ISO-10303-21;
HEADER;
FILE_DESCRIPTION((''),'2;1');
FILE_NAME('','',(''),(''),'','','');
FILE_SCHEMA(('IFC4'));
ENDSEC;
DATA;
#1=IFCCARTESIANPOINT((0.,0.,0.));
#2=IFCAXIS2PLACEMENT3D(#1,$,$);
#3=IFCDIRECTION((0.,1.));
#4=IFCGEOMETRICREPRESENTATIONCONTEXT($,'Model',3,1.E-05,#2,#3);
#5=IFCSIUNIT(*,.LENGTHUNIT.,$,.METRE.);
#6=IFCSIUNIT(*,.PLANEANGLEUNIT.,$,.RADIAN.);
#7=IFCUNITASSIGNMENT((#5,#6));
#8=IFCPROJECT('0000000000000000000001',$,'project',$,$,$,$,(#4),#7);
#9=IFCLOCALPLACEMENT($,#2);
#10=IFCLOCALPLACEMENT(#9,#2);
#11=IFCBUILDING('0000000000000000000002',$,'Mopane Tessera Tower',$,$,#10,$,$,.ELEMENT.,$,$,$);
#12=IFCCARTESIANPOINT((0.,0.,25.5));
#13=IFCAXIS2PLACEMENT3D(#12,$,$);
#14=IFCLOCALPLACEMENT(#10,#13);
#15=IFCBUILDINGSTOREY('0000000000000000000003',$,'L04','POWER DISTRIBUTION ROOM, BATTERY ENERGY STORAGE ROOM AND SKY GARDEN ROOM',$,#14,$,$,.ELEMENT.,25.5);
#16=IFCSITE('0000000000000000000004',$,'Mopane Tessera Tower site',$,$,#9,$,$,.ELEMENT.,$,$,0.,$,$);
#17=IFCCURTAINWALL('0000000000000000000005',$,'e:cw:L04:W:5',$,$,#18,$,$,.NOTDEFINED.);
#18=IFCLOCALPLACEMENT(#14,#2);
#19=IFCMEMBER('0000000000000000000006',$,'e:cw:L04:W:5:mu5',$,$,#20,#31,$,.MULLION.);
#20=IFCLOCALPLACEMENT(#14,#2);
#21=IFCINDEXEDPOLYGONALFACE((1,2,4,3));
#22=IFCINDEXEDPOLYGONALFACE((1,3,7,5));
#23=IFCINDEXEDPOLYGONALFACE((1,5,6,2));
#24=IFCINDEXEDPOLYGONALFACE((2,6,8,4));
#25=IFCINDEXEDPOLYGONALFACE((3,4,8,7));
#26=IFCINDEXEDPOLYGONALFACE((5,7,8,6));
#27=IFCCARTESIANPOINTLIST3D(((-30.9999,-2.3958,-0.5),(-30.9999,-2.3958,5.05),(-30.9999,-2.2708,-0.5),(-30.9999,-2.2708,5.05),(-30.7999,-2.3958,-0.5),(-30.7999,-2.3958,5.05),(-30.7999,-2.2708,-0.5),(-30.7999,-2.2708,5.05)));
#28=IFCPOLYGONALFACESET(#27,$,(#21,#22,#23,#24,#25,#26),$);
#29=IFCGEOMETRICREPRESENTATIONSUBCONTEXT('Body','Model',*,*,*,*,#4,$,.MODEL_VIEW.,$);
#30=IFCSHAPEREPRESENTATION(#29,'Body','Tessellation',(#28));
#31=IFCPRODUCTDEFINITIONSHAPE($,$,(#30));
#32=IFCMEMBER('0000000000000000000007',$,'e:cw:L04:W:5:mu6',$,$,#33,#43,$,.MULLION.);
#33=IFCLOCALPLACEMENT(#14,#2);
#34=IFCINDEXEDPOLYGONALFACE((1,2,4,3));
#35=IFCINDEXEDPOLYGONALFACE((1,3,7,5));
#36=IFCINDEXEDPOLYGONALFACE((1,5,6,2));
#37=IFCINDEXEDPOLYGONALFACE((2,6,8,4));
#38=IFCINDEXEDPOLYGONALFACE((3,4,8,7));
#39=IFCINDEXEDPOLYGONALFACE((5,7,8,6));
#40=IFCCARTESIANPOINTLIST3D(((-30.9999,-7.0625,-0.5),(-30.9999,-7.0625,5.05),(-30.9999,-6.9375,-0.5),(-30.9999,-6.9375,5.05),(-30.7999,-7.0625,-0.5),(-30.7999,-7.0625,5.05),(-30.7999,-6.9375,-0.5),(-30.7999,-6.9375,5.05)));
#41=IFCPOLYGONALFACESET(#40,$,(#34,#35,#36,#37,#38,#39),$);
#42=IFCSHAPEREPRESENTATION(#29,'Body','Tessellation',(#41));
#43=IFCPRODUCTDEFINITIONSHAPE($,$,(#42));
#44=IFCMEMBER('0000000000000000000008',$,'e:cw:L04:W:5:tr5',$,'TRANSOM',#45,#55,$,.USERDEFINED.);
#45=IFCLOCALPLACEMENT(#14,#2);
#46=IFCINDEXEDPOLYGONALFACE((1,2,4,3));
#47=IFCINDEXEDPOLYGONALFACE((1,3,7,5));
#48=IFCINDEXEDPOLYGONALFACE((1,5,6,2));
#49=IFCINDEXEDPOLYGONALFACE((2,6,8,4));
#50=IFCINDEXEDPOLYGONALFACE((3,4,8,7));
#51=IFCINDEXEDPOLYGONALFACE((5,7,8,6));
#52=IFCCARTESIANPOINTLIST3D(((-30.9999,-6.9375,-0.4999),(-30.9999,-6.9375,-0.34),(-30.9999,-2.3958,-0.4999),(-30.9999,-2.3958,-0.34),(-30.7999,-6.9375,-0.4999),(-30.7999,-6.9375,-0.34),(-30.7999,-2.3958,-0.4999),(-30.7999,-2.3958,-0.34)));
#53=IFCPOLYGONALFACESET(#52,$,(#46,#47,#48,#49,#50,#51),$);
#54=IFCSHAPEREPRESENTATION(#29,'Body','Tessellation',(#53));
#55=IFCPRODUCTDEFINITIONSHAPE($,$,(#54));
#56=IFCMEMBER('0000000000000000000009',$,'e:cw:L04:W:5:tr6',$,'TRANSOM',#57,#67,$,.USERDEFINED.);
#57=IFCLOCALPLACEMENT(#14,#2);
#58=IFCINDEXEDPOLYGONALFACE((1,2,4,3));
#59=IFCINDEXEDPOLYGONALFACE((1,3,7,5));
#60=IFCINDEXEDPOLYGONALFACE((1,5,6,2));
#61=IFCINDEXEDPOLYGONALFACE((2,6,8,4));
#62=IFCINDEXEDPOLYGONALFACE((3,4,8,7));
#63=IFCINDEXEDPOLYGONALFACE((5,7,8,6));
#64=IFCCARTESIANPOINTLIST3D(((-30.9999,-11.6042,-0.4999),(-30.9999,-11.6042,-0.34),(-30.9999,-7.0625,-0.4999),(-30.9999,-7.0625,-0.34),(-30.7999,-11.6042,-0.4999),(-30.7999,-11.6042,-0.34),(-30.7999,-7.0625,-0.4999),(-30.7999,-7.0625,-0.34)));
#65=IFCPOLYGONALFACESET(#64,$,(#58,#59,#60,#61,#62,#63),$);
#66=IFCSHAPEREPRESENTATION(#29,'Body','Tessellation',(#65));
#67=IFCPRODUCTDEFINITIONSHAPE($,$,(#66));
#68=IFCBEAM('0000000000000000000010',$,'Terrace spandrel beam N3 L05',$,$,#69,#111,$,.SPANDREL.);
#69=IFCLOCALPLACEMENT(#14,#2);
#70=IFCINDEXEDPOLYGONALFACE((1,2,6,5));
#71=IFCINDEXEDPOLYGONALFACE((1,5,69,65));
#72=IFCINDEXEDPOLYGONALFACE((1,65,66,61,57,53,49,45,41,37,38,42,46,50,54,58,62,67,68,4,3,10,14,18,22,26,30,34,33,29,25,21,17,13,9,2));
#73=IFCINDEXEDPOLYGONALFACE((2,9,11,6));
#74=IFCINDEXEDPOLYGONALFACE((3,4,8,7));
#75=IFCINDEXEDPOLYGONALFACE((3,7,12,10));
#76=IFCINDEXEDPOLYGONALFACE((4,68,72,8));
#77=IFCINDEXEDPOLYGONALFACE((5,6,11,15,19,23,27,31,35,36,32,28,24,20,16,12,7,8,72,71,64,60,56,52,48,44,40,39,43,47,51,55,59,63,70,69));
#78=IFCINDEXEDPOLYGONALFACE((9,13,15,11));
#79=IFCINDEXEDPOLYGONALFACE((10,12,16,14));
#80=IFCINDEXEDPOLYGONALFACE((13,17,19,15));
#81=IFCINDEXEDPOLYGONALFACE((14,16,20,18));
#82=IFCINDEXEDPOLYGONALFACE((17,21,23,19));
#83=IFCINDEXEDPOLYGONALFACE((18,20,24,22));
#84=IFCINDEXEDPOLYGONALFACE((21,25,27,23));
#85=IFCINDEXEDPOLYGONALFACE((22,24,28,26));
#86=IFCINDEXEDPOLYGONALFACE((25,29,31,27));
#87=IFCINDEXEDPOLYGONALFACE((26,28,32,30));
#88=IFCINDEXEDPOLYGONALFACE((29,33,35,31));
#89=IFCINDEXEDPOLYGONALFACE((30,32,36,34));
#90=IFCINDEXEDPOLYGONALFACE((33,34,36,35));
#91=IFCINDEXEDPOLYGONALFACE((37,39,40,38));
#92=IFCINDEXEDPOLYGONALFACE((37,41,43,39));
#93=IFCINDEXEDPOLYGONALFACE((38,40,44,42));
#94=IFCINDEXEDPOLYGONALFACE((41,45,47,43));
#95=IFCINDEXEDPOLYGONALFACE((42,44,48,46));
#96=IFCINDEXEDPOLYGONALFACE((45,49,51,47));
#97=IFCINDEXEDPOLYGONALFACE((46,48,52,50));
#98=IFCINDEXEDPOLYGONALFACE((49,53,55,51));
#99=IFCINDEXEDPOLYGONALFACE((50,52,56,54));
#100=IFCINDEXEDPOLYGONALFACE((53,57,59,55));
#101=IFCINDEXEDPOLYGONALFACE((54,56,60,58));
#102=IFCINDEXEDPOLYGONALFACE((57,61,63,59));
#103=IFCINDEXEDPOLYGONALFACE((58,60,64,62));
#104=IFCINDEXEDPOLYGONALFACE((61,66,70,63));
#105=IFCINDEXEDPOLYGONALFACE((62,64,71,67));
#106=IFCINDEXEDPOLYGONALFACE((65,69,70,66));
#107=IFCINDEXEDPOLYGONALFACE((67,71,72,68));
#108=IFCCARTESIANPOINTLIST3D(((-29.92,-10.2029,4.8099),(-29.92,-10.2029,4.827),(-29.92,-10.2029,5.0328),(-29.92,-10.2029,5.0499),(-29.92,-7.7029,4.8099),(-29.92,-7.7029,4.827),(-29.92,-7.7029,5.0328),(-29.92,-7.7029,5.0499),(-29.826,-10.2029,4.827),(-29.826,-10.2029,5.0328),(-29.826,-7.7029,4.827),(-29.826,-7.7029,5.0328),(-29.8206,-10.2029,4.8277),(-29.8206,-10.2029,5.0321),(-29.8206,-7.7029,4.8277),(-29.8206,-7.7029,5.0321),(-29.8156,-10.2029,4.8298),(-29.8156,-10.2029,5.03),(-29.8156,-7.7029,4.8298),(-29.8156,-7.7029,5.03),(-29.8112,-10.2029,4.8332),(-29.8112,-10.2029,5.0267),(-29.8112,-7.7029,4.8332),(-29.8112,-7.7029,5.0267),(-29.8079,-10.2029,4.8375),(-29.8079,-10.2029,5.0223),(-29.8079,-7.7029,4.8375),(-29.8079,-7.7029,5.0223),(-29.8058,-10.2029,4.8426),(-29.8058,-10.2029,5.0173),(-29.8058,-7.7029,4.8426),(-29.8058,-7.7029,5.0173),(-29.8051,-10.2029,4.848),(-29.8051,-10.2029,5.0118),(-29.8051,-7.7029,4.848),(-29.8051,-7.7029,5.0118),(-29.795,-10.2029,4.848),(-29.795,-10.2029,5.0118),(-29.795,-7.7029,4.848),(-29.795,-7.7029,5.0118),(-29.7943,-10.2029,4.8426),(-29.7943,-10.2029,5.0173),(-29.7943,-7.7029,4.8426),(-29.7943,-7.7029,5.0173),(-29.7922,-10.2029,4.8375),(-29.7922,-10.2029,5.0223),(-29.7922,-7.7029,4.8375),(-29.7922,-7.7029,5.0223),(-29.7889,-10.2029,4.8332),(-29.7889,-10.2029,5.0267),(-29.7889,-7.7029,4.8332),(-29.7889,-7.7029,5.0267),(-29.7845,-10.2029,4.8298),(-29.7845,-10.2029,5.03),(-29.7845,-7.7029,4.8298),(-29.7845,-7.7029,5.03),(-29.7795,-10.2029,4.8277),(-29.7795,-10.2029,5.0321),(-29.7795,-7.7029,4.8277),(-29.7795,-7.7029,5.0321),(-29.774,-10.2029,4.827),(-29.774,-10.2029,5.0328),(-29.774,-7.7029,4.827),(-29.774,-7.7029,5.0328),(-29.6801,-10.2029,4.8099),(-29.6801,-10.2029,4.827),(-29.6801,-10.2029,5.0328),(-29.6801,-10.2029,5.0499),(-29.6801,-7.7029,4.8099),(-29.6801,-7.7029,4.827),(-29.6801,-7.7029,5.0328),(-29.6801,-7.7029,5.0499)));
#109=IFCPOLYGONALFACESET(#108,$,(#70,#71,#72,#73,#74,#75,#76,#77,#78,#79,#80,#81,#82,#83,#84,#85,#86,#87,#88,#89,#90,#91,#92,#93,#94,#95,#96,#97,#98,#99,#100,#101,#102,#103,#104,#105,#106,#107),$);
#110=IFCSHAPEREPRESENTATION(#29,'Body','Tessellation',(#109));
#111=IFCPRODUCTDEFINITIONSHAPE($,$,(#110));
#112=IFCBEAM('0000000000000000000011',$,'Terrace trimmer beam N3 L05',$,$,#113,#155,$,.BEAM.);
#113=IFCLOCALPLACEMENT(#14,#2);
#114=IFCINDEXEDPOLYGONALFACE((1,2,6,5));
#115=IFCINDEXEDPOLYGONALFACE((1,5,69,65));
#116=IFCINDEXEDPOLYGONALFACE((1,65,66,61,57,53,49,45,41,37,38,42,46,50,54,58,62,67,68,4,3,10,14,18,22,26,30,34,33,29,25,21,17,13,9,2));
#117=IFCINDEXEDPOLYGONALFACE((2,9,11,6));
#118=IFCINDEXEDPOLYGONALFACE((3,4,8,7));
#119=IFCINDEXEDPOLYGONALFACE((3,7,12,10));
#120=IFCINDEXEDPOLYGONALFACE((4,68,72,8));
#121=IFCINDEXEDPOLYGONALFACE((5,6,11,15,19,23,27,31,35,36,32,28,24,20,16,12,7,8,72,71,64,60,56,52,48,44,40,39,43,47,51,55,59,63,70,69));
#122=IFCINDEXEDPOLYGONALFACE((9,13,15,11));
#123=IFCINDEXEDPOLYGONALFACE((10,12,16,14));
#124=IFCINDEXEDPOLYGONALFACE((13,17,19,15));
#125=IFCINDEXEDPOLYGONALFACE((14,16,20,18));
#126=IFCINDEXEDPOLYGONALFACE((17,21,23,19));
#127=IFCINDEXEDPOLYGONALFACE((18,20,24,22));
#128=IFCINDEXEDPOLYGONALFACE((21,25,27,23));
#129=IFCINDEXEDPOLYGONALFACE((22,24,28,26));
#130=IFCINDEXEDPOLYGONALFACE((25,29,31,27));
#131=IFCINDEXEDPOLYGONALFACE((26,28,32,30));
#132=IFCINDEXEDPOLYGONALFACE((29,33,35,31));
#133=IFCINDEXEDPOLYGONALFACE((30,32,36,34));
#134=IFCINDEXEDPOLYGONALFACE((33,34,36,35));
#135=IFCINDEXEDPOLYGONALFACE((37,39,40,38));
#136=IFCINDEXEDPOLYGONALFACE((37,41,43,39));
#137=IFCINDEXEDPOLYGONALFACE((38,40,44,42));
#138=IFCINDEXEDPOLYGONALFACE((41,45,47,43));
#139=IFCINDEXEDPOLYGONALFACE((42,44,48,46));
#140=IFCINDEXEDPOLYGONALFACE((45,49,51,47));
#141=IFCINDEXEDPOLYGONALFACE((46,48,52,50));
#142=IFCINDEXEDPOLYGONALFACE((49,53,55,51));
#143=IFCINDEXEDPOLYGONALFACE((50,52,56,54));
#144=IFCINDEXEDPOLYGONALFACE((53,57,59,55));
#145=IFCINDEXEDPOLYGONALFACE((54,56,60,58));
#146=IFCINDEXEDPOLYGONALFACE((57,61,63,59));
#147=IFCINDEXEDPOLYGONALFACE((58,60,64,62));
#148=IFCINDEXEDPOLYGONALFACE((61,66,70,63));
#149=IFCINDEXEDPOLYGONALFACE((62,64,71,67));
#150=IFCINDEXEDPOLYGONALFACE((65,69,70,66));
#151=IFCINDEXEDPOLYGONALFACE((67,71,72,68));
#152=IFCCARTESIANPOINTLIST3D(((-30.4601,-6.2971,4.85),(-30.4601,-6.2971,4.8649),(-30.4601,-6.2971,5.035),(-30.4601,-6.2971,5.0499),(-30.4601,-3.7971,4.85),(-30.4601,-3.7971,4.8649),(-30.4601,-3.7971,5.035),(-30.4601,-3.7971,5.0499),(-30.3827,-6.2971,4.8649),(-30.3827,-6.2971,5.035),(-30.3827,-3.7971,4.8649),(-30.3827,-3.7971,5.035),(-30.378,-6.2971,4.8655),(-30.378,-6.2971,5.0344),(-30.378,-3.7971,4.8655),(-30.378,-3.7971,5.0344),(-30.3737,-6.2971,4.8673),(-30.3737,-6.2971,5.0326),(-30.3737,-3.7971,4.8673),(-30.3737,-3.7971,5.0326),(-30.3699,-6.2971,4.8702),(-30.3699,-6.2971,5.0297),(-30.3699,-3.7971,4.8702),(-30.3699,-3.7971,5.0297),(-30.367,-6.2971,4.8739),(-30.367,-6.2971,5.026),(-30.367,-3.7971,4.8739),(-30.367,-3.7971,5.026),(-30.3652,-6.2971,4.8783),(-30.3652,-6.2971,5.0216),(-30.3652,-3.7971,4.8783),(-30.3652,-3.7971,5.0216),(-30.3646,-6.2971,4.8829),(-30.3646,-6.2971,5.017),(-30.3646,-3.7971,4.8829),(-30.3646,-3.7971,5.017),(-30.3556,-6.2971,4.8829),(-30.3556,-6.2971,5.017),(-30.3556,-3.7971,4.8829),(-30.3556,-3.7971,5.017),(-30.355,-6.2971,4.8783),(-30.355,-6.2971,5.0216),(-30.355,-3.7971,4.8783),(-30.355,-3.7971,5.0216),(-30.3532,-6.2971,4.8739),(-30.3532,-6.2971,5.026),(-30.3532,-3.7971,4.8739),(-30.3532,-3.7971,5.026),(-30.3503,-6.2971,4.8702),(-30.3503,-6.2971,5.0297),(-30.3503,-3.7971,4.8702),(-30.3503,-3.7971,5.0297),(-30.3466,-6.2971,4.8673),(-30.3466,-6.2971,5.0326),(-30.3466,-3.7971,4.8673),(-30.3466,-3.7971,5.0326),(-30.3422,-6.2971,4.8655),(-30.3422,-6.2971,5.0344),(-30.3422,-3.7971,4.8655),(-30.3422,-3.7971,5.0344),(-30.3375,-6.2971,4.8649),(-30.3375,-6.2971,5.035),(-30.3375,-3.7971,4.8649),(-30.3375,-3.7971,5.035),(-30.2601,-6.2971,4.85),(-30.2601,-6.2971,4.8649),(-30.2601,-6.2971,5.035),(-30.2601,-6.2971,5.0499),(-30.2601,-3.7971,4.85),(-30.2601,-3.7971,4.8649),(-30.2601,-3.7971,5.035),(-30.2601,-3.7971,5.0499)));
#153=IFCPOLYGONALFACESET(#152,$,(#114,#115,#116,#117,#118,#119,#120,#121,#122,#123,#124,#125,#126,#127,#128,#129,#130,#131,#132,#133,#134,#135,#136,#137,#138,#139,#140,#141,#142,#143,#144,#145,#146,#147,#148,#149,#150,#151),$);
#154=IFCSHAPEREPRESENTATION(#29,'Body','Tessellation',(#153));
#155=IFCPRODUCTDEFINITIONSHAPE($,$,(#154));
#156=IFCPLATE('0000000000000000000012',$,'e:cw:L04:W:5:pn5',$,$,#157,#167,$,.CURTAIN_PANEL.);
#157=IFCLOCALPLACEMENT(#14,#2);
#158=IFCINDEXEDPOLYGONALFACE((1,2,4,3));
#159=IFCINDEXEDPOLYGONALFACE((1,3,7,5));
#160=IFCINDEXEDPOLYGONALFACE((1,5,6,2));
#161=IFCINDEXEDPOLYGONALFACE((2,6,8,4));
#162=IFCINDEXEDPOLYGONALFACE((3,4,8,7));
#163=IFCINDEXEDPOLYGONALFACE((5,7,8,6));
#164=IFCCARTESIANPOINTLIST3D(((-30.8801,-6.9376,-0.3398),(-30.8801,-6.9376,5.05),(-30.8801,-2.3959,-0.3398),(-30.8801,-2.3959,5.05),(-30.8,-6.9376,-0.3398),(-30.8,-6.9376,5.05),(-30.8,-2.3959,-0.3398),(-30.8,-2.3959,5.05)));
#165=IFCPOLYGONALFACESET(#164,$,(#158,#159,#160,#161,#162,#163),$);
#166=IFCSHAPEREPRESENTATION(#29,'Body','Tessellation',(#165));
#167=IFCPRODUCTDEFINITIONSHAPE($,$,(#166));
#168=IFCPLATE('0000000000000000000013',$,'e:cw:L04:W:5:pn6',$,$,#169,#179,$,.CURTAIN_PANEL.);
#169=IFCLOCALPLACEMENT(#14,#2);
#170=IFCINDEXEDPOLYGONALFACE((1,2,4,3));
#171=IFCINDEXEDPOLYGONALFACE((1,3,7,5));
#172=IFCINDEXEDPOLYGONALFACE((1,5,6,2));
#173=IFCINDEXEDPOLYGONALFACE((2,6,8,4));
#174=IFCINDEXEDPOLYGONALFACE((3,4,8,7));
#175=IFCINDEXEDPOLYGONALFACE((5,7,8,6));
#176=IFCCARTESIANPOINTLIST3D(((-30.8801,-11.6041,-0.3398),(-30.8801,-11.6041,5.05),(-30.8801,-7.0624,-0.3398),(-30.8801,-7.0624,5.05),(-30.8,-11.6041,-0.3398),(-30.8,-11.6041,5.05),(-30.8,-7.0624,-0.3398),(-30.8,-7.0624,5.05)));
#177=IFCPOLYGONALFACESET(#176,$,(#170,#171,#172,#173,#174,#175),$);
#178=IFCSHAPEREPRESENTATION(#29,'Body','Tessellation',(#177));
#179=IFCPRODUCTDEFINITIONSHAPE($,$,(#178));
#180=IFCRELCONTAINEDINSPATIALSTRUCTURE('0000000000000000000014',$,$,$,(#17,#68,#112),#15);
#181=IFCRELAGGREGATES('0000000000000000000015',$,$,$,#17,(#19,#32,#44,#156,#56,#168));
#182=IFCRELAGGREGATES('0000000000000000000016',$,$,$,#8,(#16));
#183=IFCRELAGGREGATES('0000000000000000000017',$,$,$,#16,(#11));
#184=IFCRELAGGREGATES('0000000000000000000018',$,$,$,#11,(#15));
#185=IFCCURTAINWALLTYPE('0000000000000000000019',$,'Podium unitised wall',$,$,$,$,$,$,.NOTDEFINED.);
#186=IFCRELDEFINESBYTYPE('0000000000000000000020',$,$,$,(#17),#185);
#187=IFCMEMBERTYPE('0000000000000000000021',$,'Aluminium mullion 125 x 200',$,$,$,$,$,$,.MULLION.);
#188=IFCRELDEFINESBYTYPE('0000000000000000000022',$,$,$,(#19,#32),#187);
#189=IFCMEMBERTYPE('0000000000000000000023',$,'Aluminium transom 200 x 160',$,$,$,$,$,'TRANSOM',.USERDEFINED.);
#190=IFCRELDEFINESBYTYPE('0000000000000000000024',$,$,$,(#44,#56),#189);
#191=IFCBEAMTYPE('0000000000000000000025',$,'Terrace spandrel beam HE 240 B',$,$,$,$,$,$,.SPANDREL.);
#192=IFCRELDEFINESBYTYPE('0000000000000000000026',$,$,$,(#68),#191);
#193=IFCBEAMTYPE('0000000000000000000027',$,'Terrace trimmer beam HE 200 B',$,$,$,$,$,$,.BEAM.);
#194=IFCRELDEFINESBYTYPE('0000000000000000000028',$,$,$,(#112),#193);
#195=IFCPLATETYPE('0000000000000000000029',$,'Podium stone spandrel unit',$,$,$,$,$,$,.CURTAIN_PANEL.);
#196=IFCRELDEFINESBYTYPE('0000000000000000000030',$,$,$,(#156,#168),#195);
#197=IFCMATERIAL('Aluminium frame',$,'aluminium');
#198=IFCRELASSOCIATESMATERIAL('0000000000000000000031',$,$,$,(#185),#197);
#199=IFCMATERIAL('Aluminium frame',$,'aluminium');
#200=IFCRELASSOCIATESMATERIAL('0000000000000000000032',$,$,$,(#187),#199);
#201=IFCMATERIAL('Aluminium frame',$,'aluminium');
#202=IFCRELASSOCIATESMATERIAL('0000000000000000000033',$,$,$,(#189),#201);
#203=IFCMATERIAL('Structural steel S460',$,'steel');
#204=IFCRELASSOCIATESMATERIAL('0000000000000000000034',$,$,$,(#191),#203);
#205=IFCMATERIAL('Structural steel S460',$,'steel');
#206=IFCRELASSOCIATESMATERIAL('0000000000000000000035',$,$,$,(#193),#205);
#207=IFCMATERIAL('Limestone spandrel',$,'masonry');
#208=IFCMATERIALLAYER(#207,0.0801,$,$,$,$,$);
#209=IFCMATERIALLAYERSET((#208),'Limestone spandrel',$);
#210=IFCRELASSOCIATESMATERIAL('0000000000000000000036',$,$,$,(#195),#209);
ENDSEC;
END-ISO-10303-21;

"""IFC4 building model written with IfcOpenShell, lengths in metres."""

from ifc_helpers import new_model, si_unit, direction, frame, origin, origin_2d, place, context, subcontext, project, spatial, rectangle, i_section, extrude, material, layer, layer_set, material_profile, profile_set, type_object, element, aggregate, save


model = new_model("IFC4")

# Units and contexts
model_context = context("Model", 3, precision=1e-05, world=origin(), true_north=direction((0.0, 1.0)))
body_context = subcontext(model_context, "Body", "Model", "MODEL_VIEW")
ifc_project = project(units=[si_unit("LENGTHUNIT", "METRE"), si_unit("PLANEANGLEUNIT", "RADIAN")], contexts=[model_context])

# Site, building, storey
site_placement = place(None, origin())
site = spatial("IfcSite", under=ifc_project, at=site_placement, Name="Mopane Tessera Tower site", CompositionType="ELEMENT", RefElevation=0.0)
building_placement = place(site_placement, origin())
building = spatial("IfcBuilding", under=site, at=building_placement, Name="Mopane Tessera Tower", CompositionType="ELEMENT")
storey_placement = place(building_placement, frame((0.0, 0.0, 25.5)))
storey = spatial("IfcBuildingStorey", under=building, at=storey_placement, Name="L04", Description="POWER DISTRIBUTION ROOM, BATTERY ENERGY STORAGE ROOM AND SKY GARDEN ROOM", CompositionType="ELEMENT", Elevation=25.5)

# Curtain wall, members
ifc_material_1 = material(Name="Aluminium frame", Category="aluminium")
curtain_wall_type = type_object("IfcCurtainWallType", Name="Podium unitised wall", PredefinedType="NOTDEFINED", material=ifc_material_1)
curtain_wall_placement = place(storey_placement, origin())
curtain_wall = element("IfcCurtainWall", 1, at=curtain_wall_placement, inside=storey, type_object=curtain_wall_type, Name="e:cw:L04:W:5", PredefinedType="NOTDEFINED")
ifc_material_2 = material(Name="Aluminium frame", Category="aluminium")
ifc_material_profile_1 = material_profile(ifc_material_2, rectangle(XDim=0.125, YDim=0.2, at=origin_2d()))
ifc_profile_set_1 = profile_set([ifc_material_profile_1], Name="Aluminium frame")
member_type_1 = type_object("IfcMemberType", Name="Aluminium mullion 125 x 200", PredefinedType="MULLION", material=ifc_profile_set_1)
member_1_placement = place(storey_placement, frame((-30.8999, -2.3333, -0.5), z_axis=(0.0, 0.0, 1.0), x_axis=(0.0, -1.0, 0.0)))
member_1 = element("IfcMember", 2, at=member_1_placement, type_object=member_type_1, Name="e:cw:L04:W:5:mu5", PredefinedType="MULLION", context=body_context, shape_type="SweptSolid", body=[
    extrude(rectangle(XDim=0.125, YDim=0.2, at=origin_2d()), origin(), (0.0, 0.0, 1.0), 5.55),
])
member_2_placement = place(storey_placement, frame((-30.8999, -7.0, -0.5), z_axis=(0.0, 0.0, 1.0), x_axis=(0.0, -1.0, 0.0)))
member_2 = element("IfcMember", 3, at=member_2_placement, type_object=member_type_1, Name="e:cw:L04:W:5:mu6", PredefinedType="MULLION", context=body_context, shape_type="SweptSolid", body=[
    extrude(rectangle(XDim=0.125, YDim=0.2, at=origin_2d()), origin(), (0.0, 0.0, 1.0), 5.55),
])
ifc_material_3 = material(Name="Aluminium frame", Category="aluminium")
ifc_material_profile_2 = material_profile(ifc_material_3, rectangle(XDim=0.2, YDim=0.1599, at=origin_2d()))
ifc_profile_set_2 = profile_set([ifc_material_profile_2], Name="Aluminium frame")
member_type_2 = type_object("IfcMemberType", Name="Aluminium transom 200 x 160", ElementType="TRANSOM", PredefinedType="USERDEFINED", material=ifc_profile_set_2)
member_3_placement = place(storey_placement, frame((-30.8999, -2.3958, -0.4199), z_axis=(0.0, -1.0, 0.0), x_axis=(1.0, 0.0, 0.0)))
member_3 = element("IfcMember", 4, at=member_3_placement, type_object=member_type_2, Name="e:cw:L04:W:5:tr5", ObjectType="TRANSOM", PredefinedType="USERDEFINED", context=body_context, shape_type="SweptSolid", body=[
    extrude(rectangle(XDim=0.2, YDim=0.1599, at=origin_2d()), origin(), (0.0, 0.0, 1.0), 4.5417),
])
member_4_placement = place(storey_placement, frame((-30.8999, -7.0625, -0.4199), z_axis=(0.0, -1.0, 0.0), x_axis=(1.0, 0.0, 0.0)))
member_4 = element("IfcMember", 5, at=member_4_placement, type_object=member_type_2, Name="e:cw:L04:W:5:tr6", ObjectType="TRANSOM", PredefinedType="USERDEFINED", context=body_context, shape_type="SweptSolid", body=[
    extrude(rectangle(XDim=0.2, YDim=0.1599, at=origin_2d()), origin(), (0.0, 0.0, 1.0), 4.5417),
])

# Beams
ifc_material_4 = material(Name="Structural steel S460", Category="steel")
ifc_material_profile_3 = material_profile(ifc_material_4, i_section(OverallWidth=0.24, OverallDepth=0.24, WebThickness=0.01, FlangeThickness=0.0171, FilletRadius=0.021, at=origin_2d()))
ifc_profile_set_3 = profile_set([ifc_material_profile_3], Name="Structural steel S460")
beam_type_1 = type_object("IfcBeamType", Name="Terrace spandrel beam HE 240 B", PredefinedType="SPANDREL", material=ifc_profile_set_3)
beam_1_placement = place(storey_placement, frame((-29.8, -7.7029, 4.9299), z_axis=(0.0, -1.0, 0.0), x_axis=(1.0, 0.0, 0.0)))
element("IfcBeam", 6, at=beam_1_placement, inside=storey, type_object=beam_type_1, Name="Terrace spandrel beam N3 L05", PredefinedType="SPANDREL", context=body_context, shape_type="SweptSolid", body=[
    extrude(i_section(OverallWidth=0.24, OverallDepth=0.24, WebThickness=0.01, FlangeThickness=0.0171, FilletRadius=0.021, at=origin_2d()), origin(), (0.0, 0.0, 1.0), 2.5),
])
ifc_material_5 = material(Name="Structural steel S460", Category="steel")
ifc_material_profile_4 = material_profile(ifc_material_5, i_section(OverallWidth=0.2, OverallDepth=0.2, WebThickness=0.009, FlangeThickness=0.0149, FilletRadius=0.0181, at=origin_2d()))
ifc_profile_set_4 = profile_set([ifc_material_profile_4], Name="Structural steel S460")
beam_type_2 = type_object("IfcBeamType", Name="Terrace trimmer beam HE 200 B", PredefinedType="BEAM", material=ifc_profile_set_4)
beam_2_placement = place(storey_placement, frame((-30.3601, -6.2971, 4.95), z_axis=(0.0, 1.0, 0.0), x_axis=(-1.0, 0.0, 0.0)))
element("IfcBeam", 7, at=beam_2_placement, inside=storey, type_object=beam_type_2, Name="Terrace trimmer beam N3 L05", PredefinedType="BEAM", context=body_context, shape_type="SweptSolid", body=[
    extrude(i_section(OverallWidth=0.2, OverallDepth=0.2, WebThickness=0.009, FlangeThickness=0.0149, FilletRadius=0.0181, at=origin_2d()), origin(), (0.0, 0.0, 1.0), 2.5),
])

# Plates
ifc_material_6 = material(Name="Limestone spandrel", Category="masonry")
ifc_layer_1 = layer(ifc_material_6, 0.0801)
ifc_layer_set_1 = layer_set([ifc_layer_1], Name="Limestone spandrel")
plate_type = type_object("IfcPlateType", Name="Podium stone spandrel unit", PredefinedType="CURTAIN_PANEL", material=ifc_layer_set_1)
plate_1_placement = place(storey_placement, frame((-30.8401, -4.6667, -0.3398), z_axis=(0.0, 0.0, 1.0), x_axis=(0.0, -1.0, 0.0)))
plate_1 = element("IfcPlate", 8, at=plate_1_placement, type_object=plate_type, Name="e:cw:L04:W:5:pn5", PredefinedType="CURTAIN_PANEL", context=body_context, shape_type="SweptSolid", body=[
    extrude(rectangle(XDim=4.5417, YDim=0.0801, at=origin_2d()), origin(), (0.0, 0.0, 1.0), 5.3899),
])
plate_2_placement = place(storey_placement, frame((-30.8401, -9.3333, -0.3398), z_axis=(0.0, 0.0, 1.0), x_axis=(0.0, -1.0, 0.0)))
plate_2 = element("IfcPlate", 9, at=plate_2_placement, type_object=plate_type, Name="e:cw:L04:W:5:pn6", PredefinedType="CURTAIN_PANEL", context=body_context, shape_type="SweptSolid", body=[
    extrude(rectangle(XDim=4.5417, YDim=0.0801, at=origin_2d()), origin(), (0.0, 0.0, 1.0), 5.3899),
])
aggregate(curtain_wall, [member_1, member_2, member_3, plate_1, member_4, plate_2])

save(model, "model.ifc")
